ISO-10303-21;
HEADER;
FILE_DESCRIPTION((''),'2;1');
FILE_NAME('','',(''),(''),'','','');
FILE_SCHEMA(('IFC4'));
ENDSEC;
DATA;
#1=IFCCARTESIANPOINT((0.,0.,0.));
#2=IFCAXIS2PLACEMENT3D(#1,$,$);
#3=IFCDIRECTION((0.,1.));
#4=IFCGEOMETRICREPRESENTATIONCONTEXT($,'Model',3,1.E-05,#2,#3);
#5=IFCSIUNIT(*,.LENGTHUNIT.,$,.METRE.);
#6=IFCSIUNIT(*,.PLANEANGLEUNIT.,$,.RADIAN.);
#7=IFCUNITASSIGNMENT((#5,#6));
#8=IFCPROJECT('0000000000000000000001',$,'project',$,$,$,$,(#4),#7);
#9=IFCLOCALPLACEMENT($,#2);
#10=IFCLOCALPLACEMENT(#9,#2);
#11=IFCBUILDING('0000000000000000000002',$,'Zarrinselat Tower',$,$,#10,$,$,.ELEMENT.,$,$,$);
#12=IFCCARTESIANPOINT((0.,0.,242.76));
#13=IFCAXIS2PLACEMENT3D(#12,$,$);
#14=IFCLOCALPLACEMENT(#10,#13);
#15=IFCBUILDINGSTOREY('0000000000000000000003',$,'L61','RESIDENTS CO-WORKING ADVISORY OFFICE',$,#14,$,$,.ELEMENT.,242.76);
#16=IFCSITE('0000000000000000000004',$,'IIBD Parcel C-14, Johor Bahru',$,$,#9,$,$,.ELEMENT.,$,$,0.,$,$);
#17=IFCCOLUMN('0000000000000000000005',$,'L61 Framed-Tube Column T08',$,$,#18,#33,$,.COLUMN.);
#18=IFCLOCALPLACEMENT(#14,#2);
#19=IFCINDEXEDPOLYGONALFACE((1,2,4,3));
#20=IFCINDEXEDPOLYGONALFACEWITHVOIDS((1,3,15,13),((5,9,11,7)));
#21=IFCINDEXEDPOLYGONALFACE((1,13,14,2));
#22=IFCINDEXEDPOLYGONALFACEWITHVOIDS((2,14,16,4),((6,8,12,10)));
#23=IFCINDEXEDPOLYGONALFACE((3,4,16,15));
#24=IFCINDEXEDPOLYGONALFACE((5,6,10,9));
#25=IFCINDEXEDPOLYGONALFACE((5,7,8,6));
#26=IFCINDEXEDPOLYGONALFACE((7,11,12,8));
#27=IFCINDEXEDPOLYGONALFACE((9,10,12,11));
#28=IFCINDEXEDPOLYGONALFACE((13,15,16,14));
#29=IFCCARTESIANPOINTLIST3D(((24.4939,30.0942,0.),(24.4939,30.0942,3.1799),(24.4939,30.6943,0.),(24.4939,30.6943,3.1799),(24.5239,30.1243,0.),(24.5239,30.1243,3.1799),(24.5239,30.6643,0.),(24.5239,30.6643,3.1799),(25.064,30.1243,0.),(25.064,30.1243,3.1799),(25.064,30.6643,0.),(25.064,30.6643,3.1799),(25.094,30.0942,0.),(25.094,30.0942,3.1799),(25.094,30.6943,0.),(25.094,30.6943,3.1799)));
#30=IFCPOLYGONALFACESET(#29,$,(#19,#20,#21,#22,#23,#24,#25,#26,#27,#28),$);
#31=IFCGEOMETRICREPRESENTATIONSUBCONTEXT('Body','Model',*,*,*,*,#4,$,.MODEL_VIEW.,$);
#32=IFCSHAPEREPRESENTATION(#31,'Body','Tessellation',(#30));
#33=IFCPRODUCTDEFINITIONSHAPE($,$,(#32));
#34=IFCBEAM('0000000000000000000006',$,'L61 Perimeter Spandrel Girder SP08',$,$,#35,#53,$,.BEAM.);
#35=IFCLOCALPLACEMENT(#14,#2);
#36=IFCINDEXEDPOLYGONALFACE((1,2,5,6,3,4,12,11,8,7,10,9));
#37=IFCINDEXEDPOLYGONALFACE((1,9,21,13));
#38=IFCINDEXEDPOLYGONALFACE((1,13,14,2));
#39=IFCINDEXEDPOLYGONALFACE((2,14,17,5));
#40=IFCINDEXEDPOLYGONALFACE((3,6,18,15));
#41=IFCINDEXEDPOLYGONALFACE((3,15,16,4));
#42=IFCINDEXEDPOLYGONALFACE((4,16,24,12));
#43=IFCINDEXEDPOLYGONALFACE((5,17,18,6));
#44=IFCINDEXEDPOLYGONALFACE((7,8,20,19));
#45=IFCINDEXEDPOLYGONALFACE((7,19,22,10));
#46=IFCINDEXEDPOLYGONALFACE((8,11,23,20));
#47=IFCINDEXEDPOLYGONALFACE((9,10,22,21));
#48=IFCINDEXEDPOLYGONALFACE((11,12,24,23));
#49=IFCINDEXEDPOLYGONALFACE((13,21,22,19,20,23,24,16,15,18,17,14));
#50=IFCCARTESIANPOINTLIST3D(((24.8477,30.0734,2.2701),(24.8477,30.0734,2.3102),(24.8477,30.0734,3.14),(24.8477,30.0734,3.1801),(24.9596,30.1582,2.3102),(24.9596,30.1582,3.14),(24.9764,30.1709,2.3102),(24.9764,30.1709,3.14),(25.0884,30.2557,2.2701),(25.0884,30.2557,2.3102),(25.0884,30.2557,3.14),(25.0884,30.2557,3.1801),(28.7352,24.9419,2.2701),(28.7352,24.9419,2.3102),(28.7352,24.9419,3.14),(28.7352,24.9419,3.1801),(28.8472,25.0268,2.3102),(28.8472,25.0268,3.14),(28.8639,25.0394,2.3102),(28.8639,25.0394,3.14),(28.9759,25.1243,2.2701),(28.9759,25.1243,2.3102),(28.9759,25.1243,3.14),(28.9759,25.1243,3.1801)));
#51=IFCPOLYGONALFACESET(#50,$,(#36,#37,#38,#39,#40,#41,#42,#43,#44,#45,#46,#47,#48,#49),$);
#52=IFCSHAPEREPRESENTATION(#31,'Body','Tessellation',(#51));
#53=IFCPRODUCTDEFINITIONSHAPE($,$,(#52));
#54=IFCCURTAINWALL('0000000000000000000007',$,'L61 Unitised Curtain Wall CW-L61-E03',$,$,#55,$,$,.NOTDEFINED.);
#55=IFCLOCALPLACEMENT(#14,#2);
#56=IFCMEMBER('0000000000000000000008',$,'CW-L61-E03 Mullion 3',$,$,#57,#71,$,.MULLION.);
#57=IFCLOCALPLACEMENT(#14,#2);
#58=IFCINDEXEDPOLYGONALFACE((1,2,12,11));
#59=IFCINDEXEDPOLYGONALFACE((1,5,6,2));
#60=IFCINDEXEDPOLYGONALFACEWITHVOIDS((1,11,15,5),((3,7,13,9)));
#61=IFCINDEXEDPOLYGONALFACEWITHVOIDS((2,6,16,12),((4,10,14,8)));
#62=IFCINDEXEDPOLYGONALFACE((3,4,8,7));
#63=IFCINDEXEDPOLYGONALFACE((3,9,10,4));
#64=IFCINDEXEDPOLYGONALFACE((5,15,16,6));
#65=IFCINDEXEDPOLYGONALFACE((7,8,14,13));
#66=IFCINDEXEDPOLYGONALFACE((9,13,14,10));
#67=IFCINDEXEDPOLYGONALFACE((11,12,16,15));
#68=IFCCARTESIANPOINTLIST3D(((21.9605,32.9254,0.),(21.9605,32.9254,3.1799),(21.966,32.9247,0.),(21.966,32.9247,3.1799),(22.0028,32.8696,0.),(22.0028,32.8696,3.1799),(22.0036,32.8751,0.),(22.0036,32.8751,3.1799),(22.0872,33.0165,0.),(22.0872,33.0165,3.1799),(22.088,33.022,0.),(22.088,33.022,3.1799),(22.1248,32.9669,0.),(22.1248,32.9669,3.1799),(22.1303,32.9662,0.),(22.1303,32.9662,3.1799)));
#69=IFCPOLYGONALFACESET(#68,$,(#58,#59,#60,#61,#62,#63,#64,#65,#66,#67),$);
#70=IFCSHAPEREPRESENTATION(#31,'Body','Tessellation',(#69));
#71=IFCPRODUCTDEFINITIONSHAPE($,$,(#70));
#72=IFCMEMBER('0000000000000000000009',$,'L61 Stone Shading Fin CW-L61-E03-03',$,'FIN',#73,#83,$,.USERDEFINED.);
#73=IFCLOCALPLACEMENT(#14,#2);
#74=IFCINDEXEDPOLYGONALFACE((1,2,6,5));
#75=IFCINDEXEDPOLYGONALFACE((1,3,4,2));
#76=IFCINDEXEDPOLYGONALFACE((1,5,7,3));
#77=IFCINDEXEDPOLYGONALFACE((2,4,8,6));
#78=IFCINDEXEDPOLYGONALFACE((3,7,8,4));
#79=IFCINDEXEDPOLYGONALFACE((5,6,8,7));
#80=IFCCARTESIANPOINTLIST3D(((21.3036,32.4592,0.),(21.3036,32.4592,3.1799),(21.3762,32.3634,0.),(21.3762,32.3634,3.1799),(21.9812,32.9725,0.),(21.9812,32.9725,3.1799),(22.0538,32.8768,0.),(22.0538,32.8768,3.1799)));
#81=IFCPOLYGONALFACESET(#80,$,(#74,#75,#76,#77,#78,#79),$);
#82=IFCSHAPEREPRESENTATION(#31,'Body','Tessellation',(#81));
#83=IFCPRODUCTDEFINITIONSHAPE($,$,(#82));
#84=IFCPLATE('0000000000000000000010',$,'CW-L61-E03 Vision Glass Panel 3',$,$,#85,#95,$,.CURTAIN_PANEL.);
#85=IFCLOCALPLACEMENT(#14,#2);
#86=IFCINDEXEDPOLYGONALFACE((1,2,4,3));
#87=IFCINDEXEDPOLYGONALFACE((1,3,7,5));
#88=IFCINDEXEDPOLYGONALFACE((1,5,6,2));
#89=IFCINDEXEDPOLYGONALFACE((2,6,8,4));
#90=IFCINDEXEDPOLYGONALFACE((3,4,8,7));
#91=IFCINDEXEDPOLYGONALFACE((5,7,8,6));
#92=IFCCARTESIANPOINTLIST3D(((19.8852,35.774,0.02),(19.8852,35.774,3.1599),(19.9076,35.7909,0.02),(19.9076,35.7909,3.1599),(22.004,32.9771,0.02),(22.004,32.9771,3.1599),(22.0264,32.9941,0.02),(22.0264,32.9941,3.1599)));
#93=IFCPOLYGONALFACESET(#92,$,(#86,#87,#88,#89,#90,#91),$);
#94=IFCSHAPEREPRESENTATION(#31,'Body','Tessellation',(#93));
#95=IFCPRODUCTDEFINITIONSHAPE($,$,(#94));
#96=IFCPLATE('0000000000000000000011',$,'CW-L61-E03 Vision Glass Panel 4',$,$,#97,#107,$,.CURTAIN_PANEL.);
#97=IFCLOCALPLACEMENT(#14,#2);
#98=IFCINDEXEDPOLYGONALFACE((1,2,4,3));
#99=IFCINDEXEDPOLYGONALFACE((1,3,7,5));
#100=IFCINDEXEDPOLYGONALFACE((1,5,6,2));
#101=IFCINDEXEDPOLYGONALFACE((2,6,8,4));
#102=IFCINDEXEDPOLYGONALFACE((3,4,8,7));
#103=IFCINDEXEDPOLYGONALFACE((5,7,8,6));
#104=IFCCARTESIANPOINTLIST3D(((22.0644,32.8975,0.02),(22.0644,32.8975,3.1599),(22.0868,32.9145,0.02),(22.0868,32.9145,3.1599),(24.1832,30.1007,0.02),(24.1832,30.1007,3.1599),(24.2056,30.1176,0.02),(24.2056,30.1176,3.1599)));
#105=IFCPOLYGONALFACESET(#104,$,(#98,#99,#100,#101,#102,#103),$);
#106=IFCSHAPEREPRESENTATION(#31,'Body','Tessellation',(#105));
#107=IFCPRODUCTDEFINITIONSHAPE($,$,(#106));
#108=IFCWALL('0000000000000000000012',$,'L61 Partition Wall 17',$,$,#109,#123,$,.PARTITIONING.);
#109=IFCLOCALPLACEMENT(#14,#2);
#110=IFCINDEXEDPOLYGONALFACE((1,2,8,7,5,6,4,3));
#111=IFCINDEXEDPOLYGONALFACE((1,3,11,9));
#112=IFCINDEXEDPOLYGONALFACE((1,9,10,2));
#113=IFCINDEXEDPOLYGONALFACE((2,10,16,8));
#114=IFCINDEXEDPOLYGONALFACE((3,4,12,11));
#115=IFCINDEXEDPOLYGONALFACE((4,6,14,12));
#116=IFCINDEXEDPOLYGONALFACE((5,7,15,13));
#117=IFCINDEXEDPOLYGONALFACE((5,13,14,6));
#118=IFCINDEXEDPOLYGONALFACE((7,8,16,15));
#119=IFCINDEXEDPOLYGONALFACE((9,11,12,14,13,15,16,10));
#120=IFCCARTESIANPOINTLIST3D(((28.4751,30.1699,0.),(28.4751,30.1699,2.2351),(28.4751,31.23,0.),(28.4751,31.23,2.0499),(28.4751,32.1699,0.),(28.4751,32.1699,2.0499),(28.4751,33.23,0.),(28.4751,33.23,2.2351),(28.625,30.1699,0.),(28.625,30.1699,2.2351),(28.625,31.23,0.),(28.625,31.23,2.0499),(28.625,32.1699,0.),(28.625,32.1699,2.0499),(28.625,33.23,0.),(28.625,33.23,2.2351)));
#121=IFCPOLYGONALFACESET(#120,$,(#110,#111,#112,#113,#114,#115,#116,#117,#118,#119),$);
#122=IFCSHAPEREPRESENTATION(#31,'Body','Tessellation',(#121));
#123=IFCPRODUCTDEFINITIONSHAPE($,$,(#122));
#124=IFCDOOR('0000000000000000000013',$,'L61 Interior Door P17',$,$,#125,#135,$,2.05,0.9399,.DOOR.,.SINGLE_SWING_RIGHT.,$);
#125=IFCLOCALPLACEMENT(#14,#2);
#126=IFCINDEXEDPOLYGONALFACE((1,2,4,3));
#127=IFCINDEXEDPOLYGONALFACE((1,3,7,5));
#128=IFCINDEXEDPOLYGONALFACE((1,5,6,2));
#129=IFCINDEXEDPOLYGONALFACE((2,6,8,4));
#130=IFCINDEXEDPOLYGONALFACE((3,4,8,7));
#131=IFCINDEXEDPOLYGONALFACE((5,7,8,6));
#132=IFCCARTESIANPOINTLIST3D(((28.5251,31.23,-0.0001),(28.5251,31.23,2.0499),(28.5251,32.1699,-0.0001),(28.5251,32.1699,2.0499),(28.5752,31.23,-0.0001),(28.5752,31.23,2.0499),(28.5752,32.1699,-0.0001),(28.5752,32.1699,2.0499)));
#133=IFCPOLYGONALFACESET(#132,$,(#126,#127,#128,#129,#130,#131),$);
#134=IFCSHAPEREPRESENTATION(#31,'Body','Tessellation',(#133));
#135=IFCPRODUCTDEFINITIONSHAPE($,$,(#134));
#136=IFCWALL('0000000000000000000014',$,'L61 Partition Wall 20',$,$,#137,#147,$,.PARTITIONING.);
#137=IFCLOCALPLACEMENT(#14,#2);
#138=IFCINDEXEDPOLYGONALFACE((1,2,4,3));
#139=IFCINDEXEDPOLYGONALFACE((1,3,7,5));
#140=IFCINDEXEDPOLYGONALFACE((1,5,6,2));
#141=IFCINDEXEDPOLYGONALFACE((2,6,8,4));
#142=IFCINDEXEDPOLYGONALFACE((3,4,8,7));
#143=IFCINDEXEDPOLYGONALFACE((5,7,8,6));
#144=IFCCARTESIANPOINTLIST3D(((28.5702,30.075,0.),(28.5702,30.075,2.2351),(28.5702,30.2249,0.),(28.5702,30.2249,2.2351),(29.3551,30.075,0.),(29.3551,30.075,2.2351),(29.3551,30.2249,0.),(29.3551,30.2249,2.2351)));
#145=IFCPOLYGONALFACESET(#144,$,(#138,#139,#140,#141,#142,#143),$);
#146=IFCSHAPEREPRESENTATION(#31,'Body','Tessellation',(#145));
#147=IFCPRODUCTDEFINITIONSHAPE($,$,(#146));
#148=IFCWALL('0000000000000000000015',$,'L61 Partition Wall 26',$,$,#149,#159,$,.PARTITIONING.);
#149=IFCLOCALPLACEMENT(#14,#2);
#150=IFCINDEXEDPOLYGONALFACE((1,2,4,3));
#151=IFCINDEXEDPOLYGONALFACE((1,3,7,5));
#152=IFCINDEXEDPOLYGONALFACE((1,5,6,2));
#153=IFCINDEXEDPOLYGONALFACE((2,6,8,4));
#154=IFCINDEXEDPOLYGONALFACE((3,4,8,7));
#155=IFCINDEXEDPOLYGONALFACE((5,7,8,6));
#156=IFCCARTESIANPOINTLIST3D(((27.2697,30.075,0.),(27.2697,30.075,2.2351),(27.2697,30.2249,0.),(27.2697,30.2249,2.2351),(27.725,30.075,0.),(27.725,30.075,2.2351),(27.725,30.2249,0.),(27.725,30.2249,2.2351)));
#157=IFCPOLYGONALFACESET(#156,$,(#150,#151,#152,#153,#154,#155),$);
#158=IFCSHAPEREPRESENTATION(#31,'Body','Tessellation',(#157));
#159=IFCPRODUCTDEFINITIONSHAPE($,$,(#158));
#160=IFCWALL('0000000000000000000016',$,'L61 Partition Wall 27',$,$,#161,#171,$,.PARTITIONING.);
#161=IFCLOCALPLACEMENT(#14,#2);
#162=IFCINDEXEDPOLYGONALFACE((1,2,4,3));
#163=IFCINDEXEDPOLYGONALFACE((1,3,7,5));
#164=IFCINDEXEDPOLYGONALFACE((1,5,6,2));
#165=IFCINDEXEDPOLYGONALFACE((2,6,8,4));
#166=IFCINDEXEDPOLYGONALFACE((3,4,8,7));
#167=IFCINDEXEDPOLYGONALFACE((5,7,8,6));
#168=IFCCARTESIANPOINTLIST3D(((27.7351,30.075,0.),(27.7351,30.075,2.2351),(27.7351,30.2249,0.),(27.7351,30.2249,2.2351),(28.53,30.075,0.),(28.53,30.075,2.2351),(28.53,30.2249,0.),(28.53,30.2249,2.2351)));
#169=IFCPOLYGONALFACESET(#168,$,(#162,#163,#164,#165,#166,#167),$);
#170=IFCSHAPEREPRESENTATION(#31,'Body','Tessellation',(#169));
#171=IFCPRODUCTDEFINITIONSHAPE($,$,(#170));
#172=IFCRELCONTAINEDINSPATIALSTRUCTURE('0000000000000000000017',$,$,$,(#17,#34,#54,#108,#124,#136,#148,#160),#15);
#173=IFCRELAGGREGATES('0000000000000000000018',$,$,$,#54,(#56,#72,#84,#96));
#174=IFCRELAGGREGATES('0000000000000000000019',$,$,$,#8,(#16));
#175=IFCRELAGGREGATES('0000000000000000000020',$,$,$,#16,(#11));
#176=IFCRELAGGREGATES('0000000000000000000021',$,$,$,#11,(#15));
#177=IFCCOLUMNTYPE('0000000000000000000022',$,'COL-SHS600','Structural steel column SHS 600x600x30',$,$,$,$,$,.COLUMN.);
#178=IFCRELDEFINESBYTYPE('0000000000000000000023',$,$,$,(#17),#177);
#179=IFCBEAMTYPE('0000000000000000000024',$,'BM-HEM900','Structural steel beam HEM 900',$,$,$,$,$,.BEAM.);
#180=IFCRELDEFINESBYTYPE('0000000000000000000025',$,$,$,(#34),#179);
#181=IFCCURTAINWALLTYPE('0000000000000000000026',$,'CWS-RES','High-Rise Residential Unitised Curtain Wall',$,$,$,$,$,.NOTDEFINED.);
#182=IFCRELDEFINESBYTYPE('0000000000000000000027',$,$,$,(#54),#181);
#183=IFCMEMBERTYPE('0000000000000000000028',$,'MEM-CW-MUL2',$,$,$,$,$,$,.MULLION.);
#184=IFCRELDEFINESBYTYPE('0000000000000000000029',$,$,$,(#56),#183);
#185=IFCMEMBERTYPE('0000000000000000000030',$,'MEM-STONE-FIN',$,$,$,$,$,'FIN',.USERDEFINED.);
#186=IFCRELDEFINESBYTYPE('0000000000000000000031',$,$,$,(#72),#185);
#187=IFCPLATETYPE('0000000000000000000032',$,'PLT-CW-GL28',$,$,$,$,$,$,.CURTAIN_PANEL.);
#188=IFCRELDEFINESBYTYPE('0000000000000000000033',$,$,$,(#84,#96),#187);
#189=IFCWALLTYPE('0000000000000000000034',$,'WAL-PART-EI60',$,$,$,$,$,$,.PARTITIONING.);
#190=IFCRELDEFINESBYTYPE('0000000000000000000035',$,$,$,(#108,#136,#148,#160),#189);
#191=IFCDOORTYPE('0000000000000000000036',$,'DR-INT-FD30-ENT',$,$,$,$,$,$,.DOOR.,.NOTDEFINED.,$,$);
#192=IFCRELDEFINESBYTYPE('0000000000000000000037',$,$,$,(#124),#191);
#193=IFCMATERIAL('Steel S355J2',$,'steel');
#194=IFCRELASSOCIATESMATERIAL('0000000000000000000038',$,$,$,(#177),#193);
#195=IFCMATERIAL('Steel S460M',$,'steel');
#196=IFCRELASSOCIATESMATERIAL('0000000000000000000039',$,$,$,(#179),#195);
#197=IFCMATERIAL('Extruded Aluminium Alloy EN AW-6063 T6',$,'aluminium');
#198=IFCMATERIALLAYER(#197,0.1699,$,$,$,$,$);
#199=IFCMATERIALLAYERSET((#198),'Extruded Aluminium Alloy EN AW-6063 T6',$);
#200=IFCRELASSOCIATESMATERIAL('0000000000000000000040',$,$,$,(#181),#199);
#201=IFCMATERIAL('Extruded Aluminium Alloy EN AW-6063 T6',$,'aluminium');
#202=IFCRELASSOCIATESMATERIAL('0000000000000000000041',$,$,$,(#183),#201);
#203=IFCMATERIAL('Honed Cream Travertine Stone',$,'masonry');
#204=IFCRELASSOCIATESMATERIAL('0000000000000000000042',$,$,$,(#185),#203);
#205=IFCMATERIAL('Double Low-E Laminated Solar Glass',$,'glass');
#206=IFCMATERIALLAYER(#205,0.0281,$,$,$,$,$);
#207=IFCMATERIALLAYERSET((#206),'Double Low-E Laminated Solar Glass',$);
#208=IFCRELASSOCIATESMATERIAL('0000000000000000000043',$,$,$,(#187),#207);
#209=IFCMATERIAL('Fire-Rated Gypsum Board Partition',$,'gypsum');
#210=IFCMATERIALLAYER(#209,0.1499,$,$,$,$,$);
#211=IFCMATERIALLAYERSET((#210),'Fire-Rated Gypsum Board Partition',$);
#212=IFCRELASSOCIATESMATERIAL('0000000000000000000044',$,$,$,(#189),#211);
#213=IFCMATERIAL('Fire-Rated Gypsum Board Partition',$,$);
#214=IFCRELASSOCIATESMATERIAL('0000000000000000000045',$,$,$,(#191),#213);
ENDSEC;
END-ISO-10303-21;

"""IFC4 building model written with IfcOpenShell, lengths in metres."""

from ifc_helpers import new_model, si_unit, direction, frame, frame_2d, origin, origin_2d, place, context, subcontext, project, spatial, rectangle, hollow_rectangle, i_section, extrude, material, layer, layer_set, material_profile, profile_set, type_object, element, fill, aggregate, save


model = new_model("IFC4")

# Units and contexts
model_context = context("Model", 3, precision=1e-05, world=origin(), true_north=direction((0.0, 1.0)))
body_context = subcontext(model_context, "Body", "Model", "MODEL_VIEW")
ifc_project = project(units=[si_unit("LENGTHUNIT", "METRE"), si_unit("PLANEANGLEUNIT", "RADIAN")], contexts=[model_context])

# Site, building, storey
site_placement = place(None, origin())
site = spatial("IfcSite", under=ifc_project, at=site_placement, Name="IIBD Parcel C-14, Johor Bahru", CompositionType="ELEMENT", RefElevation=0.0)
building_placement = place(site_placement, origin())
building = spatial("IfcBuilding", under=site, at=building_placement, Name="Zarrinselat Tower", CompositionType="ELEMENT")
storey_placement = place(building_placement, frame((0.0, 0.0, 242.76)))
storey = spatial("IfcBuildingStorey", under=building, at=storey_placement, Name="L61", Description="RESIDENTS CO-WORKING ADVISORY OFFICE", CompositionType="ELEMENT", Elevation=242.76)

# Column
ifc_material_1 = material(Name="Steel S355J2", Category="steel")
ifc_material_profile_1 = material_profile(ifc_material_1, hollow_rectangle(XDim=0.6001, YDim=0.6001, WallThickness=0.03, at=origin_2d()), Name="SHS 600x600x30")
ifc_profile_set_1 = profile_set([ifc_material_profile_1], Name="Steel S355J2")
column_type = type_object("IfcColumnType", Name="COL-SHS600", Description="Structural steel column SHS 600x600x30", PredefinedType="COLUMN", material=ifc_profile_set_1)
column_placement = place(storey_placement, frame((24.7939, 30.3943, 0.0), z_axis=(0.0, 0.0, 1.0), x_axis=(1.0, 0.0, 0.0)))
element("IfcColumn", 1, at=column_placement, inside=storey, type_object=column_type, Name="L61 Framed-Tube Column T08", PredefinedType="COLUMN", context=body_context, shape_type="SweptSolid", body=[
    extrude(hollow_rectangle(XDim=0.6001, YDim=0.6001, WallThickness=0.03, at=origin_2d()), origin(), (0.0, 0.0, 1.0), 3.1799),
])

# Beam
ifc_material_2 = material(Name="Steel S460M", Category="steel")
ifc_material_profile_2 = material_profile(ifc_material_2, i_section(OverallWidth=0.302, OverallDepth=0.9099, WebThickness=0.021, FlangeThickness=0.04, at=origin_2d()), Name="HEM 900")
ifc_profile_set_2 = profile_set([ifc_material_profile_2], Name="Steel S460M")
beam_type = type_object("IfcBeamType", Name="BM-HEM900", Description="Structural steel beam HEM 900", PredefinedType="BEAM", material=ifc_profile_set_2)
beam_placement = place(storey_placement, frame((24.968, 30.1646, 2.7251), z_axis=(0.603864, -0.797087, 0.0), x_axis=(0.797087, 0.603864, 0.0)))
element("IfcBeam", 2, at=beam_placement, inside=storey, type_object=beam_type, Name="L61 Perimeter Spandrel Girder SP08", PredefinedType="BEAM", context=body_context, shape_type="SweptSolid", body=[
    extrude(i_section(OverallWidth=0.302, OverallDepth=0.9099, WebThickness=0.021, FlangeThickness=0.04, at=origin_2d()), origin(), (0.0, 0.0, 1.0), 6.4377),
])

# Curtain wall, members, plates
ifc_material_3 = material(Name="Extruded Aluminium Alloy EN AW-6063 T6", Category="aluminium")
ifc_layer_1 = layer(ifc_material_3, 0.1699)
ifc_layer_set_1 = layer_set([ifc_layer_1], Name="Extruded Aluminium Alloy EN AW-6063 T6")
curtain_wall_type = type_object("IfcCurtainWallType", Name="CWS-RES", Description="High-Rise Residential Unitised Curtain Wall", PredefinedType="NOTDEFINED", material=ifc_layer_set_1)
curtain_wall_placement = place(storey_placement, origin())
curtain_wall = element("IfcCurtainWall", 3, at=curtain_wall_placement, inside=storey, type_object=curtain_wall_type, Name="L61 Unitised Curtain Wall CW-L61-E03", PredefinedType="NOTDEFINED")
ifc_material_4 = material(Name="Extruded Aluminium Alloy EN AW-6063 T6", Category="aluminium")
ifc_material_profile_3 = material_profile(ifc_material_4, hollow_rectangle(XDim=0.0701, YDim=0.1599, WallThickness=0.0039, at=origin_2d()), Name="RHS 160x70x4")
ifc_profile_set_3 = profile_set([ifc_material_profile_3], Name="Extruded Aluminium Alloy EN AW-6063 T6")
member_type_1 = type_object("IfcMemberType", Name="MEM-CW-MUL2", PredefinedType="MULLION", material=ifc_profile_set_3)
member_1_placement = place(storey_placement, frame((22.0454, 32.9458, 0.0), z_axis=(0.0, 0.0, 1.0), x_axis=(0.603858, -0.797092, 0.0)))
member_1 = element("IfcMember", 4, at=member_1_placement, type_object=member_type_1, Name="CW-L61-E03 Mullion 3", PredefinedType="MULLION", context=body_context, shape_type="SweptSolid", body=[
    extrude(hollow_rectangle(XDim=0.0701, YDim=0.1599, WallThickness=0.0039, at=origin_2d()), origin(), (0.0, 0.0, 1.0), 3.1799),
])
ifc_material_5 = material(Name="Honed Cream Travertine Stone", Category="masonry")
ifc_material_profile_4 = material_profile(ifc_material_5, rectangle(XDim=0.1201, YDim=0.8501, at=origin_2d()), Name="FIN 850x120")
ifc_profile_set_4 = profile_set([ifc_material_profile_4], Name="Honed Cream Travertine Stone")
member_type_2 = type_object("IfcMemberType", Name="MEM-STONE-FIN", ElementType="FIN", PredefinedType="USERDEFINED", material=ifc_profile_set_4)
member_2_placement = place(storey_placement, frame((21.6787, 32.668, 0.0), z_axis=(0.0, 0.0, 1.0), x_axis=(-0.603858, 0.797092, 0.0)))
member_2 = element("IfcMember", 5, at=member_2_placement, type_object=member_type_2, Name="L61 Stone Shading Fin CW-L61-E03-03", ObjectType="FIN", PredefinedType="USERDEFINED", context=body_context, shape_type="SweptSolid", body=[
    extrude(rectangle(XDim=0.1201, YDim=0.8501, at=origin_2d()), origin(), (0.0, 0.0, 1.0), 3.1799),
])
ifc_material_6 = material(Name="Double Low-E Laminated Solar Glass", Category="glass")
ifc_layer_2 = layer(ifc_material_6, 0.0281)
ifc_layer_set_2 = layer_set([ifc_layer_2], Name="Double Low-E Laminated Solar Glass")
plate_type = type_object("IfcPlateType", Name="PLT-CW-GL28", PredefinedType="CURTAIN_PANEL", material=ifc_layer_set_2)
plate_1_placement = place(storey_placement, frame((20.9558, 34.384, 0.02), z_axis=(0.0, 0.0, 1.0), x_axis=(0.603858, -0.797092, 0.0)))
plate_1 = element("IfcPlate", 6, at=plate_1_placement, type_object=plate_type, Name="CW-L61-E03 Vision Glass Panel 3", PredefinedType="CURTAIN_PANEL", context=body_context, shape_type="SweptSolid", body=[
    extrude(rectangle(XDim=3.5088, YDim=0.0281, at=origin_2d()), origin(), (0.0, 0.0, 1.0), 3.1399),
])
plate_2_placement = place(storey_placement, frame((23.135, 31.5076, 0.02), z_axis=(0.0, 0.0, 1.0), x_axis=(0.603858, -0.797092, 0.0)))
plate_2 = element("IfcPlate", 7, at=plate_2_placement, type_object=plate_type, Name="CW-L61-E03 Vision Glass Panel 4", PredefinedType="CURTAIN_PANEL", context=body_context, shape_type="SweptSolid", body=[
    extrude(rectangle(XDim=3.5088, YDim=0.0281, at=origin_2d()), origin(), (0.0, 0.0, 1.0), 3.1399),
])
aggregate(curtain_wall, [member_1, member_2, plate_1, plate_2])

# Wall, opening, door
ifc_material_7 = material(Name="Fire-Rated Gypsum Board Partition", Category="gypsum")
ifc_layer_3 = layer(ifc_material_7, 0.1499)
ifc_layer_set_3 = layer_set([ifc_layer_3], Name="Fire-Rated Gypsum Board Partition")
wall_type_1 = type_object("IfcWallType", Name="WAL-PART-EI60", PredefinedType="PARTITIONING", material=ifc_layer_set_3)
wall_1_placement = place(storey_placement, frame((28.55, 30.1699, 0.0), z_axis=(0.0, 0.0, 1.0), x_axis=(0.0, 1.0, 0.0)))
wall_1 = element("IfcWall", 8, at=wall_1_placement, inside=storey, type_object=wall_type_1, Name="L61 Partition Wall 17", PredefinedType="PARTITIONING", context=body_context, shape_type="SweptSolid", body=[
    extrude(rectangle(XDim=3.0601, YDim=0.1499, at=frame_2d((1.53, 0.0))), origin(), (0.0, 0.0, 1.0), 2.2351),
])
opening_1_placement = place(wall_1_placement, frame((1.0601, 0.0, 0.0)))
opening_1 = element("IfcOpeningElement", 9, at=opening_1_placement, cuts=wall_1, PredefinedType="OPENING", context=body_context, shape_type="SweptSolid", body=[
    extrude(rectangle(XDim=0.9399, YDim=2.05, at=frame_2d((0.47, 1.0249))), frame((0.0, 0.085, 0.0), z_axis=(0.0, -1.0, 0.0), x_axis=(1.0, 0.0, 0.0)), (0.0, 0.0, 1.0), 0.1699),
])
ifc_material_8 = material(Name="Fire-Rated Gypsum Board Partition")
door_type_1 = type_object("IfcDoorType", Name="DR-INT-FD30-ENT", OperationType="NOTDEFINED", PredefinedType="DOOR", material=ifc_material_8)
door_1_placement = place(opening_1_placement, origin())
door_1 = element("IfcDoor", 10, at=door_1_placement, inside=storey, type_object=door_type_1, Name="L61 Interior Door P17", OperationType="SINGLE_SWING_RIGHT", OverallHeight=2.05, OverallWidth=0.9399, PredefinedType="DOOR", context=body_context, shape_type="SweptSolid", body=[
    extrude(rectangle(XDim=0.9399, YDim=2.05, at=frame_2d((0.47, 1.0249))), frame((0.0, 0.0249, 0.0), z_axis=(0.0, -1.0, 0.0), x_axis=(1.0, 0.0, 0.0)), (0.0, 0.0, 1.0), 0.05),
])
fill(opening_1, door_1)

# Walls
wall_2_placement = place(storey_placement, frame((28.5701, 30.1499, 0.0), z_axis=(0.0, 0.0, 1.0), x_axis=(1.0, 0.0, 0.0)))
element("IfcWall", 11, at=wall_2_placement, inside=storey, type_object=wall_type_1, Name="L61 Partition Wall 20", PredefinedType="PARTITIONING", context=body_context, shape_type="SweptSolid", body=[
    extrude(rectangle(XDim=0.7849, YDim=0.1499, at=frame_2d((0.3926, 0.0))), origin(), (0.0, 0.0, 1.0), 2.2351),
])
wall_3_placement = place(storey_placement, frame((27.2698, 30.1499, 0.0), z_axis=(0.0, 0.0, 1.0), x_axis=(1.0, 0.0, 0.0)))
element("IfcWall", 12, at=wall_3_placement, inside=storey, type_object=wall_type_1, Name="L61 Partition Wall 26", PredefinedType="PARTITIONING", context=body_context, shape_type="SweptSolid", body=[
    extrude(rectangle(XDim=0.4553, YDim=0.1499, at=frame_2d((0.2275, 0.0))), origin(), (0.0, 0.0, 1.0), 2.2351),
])
wall_4_placement = place(storey_placement, frame((27.7351, 30.1499, 0.0), z_axis=(0.0, 0.0, 1.0), x_axis=(1.0, 0.0, 0.0)))
element("IfcWall", 13, at=wall_4_placement, inside=storey, type_object=wall_type_1, Name="L61 Partition Wall 27", PredefinedType="PARTITIONING", context=body_context, shape_type="SweptSolid", body=[
    extrude(rectangle(XDim=0.7949, YDim=0.1499, at=frame_2d((0.3975, 0.0))), origin(), (0.0, 0.0, 1.0), 2.2351),
])

save(model, "model.ifc")
